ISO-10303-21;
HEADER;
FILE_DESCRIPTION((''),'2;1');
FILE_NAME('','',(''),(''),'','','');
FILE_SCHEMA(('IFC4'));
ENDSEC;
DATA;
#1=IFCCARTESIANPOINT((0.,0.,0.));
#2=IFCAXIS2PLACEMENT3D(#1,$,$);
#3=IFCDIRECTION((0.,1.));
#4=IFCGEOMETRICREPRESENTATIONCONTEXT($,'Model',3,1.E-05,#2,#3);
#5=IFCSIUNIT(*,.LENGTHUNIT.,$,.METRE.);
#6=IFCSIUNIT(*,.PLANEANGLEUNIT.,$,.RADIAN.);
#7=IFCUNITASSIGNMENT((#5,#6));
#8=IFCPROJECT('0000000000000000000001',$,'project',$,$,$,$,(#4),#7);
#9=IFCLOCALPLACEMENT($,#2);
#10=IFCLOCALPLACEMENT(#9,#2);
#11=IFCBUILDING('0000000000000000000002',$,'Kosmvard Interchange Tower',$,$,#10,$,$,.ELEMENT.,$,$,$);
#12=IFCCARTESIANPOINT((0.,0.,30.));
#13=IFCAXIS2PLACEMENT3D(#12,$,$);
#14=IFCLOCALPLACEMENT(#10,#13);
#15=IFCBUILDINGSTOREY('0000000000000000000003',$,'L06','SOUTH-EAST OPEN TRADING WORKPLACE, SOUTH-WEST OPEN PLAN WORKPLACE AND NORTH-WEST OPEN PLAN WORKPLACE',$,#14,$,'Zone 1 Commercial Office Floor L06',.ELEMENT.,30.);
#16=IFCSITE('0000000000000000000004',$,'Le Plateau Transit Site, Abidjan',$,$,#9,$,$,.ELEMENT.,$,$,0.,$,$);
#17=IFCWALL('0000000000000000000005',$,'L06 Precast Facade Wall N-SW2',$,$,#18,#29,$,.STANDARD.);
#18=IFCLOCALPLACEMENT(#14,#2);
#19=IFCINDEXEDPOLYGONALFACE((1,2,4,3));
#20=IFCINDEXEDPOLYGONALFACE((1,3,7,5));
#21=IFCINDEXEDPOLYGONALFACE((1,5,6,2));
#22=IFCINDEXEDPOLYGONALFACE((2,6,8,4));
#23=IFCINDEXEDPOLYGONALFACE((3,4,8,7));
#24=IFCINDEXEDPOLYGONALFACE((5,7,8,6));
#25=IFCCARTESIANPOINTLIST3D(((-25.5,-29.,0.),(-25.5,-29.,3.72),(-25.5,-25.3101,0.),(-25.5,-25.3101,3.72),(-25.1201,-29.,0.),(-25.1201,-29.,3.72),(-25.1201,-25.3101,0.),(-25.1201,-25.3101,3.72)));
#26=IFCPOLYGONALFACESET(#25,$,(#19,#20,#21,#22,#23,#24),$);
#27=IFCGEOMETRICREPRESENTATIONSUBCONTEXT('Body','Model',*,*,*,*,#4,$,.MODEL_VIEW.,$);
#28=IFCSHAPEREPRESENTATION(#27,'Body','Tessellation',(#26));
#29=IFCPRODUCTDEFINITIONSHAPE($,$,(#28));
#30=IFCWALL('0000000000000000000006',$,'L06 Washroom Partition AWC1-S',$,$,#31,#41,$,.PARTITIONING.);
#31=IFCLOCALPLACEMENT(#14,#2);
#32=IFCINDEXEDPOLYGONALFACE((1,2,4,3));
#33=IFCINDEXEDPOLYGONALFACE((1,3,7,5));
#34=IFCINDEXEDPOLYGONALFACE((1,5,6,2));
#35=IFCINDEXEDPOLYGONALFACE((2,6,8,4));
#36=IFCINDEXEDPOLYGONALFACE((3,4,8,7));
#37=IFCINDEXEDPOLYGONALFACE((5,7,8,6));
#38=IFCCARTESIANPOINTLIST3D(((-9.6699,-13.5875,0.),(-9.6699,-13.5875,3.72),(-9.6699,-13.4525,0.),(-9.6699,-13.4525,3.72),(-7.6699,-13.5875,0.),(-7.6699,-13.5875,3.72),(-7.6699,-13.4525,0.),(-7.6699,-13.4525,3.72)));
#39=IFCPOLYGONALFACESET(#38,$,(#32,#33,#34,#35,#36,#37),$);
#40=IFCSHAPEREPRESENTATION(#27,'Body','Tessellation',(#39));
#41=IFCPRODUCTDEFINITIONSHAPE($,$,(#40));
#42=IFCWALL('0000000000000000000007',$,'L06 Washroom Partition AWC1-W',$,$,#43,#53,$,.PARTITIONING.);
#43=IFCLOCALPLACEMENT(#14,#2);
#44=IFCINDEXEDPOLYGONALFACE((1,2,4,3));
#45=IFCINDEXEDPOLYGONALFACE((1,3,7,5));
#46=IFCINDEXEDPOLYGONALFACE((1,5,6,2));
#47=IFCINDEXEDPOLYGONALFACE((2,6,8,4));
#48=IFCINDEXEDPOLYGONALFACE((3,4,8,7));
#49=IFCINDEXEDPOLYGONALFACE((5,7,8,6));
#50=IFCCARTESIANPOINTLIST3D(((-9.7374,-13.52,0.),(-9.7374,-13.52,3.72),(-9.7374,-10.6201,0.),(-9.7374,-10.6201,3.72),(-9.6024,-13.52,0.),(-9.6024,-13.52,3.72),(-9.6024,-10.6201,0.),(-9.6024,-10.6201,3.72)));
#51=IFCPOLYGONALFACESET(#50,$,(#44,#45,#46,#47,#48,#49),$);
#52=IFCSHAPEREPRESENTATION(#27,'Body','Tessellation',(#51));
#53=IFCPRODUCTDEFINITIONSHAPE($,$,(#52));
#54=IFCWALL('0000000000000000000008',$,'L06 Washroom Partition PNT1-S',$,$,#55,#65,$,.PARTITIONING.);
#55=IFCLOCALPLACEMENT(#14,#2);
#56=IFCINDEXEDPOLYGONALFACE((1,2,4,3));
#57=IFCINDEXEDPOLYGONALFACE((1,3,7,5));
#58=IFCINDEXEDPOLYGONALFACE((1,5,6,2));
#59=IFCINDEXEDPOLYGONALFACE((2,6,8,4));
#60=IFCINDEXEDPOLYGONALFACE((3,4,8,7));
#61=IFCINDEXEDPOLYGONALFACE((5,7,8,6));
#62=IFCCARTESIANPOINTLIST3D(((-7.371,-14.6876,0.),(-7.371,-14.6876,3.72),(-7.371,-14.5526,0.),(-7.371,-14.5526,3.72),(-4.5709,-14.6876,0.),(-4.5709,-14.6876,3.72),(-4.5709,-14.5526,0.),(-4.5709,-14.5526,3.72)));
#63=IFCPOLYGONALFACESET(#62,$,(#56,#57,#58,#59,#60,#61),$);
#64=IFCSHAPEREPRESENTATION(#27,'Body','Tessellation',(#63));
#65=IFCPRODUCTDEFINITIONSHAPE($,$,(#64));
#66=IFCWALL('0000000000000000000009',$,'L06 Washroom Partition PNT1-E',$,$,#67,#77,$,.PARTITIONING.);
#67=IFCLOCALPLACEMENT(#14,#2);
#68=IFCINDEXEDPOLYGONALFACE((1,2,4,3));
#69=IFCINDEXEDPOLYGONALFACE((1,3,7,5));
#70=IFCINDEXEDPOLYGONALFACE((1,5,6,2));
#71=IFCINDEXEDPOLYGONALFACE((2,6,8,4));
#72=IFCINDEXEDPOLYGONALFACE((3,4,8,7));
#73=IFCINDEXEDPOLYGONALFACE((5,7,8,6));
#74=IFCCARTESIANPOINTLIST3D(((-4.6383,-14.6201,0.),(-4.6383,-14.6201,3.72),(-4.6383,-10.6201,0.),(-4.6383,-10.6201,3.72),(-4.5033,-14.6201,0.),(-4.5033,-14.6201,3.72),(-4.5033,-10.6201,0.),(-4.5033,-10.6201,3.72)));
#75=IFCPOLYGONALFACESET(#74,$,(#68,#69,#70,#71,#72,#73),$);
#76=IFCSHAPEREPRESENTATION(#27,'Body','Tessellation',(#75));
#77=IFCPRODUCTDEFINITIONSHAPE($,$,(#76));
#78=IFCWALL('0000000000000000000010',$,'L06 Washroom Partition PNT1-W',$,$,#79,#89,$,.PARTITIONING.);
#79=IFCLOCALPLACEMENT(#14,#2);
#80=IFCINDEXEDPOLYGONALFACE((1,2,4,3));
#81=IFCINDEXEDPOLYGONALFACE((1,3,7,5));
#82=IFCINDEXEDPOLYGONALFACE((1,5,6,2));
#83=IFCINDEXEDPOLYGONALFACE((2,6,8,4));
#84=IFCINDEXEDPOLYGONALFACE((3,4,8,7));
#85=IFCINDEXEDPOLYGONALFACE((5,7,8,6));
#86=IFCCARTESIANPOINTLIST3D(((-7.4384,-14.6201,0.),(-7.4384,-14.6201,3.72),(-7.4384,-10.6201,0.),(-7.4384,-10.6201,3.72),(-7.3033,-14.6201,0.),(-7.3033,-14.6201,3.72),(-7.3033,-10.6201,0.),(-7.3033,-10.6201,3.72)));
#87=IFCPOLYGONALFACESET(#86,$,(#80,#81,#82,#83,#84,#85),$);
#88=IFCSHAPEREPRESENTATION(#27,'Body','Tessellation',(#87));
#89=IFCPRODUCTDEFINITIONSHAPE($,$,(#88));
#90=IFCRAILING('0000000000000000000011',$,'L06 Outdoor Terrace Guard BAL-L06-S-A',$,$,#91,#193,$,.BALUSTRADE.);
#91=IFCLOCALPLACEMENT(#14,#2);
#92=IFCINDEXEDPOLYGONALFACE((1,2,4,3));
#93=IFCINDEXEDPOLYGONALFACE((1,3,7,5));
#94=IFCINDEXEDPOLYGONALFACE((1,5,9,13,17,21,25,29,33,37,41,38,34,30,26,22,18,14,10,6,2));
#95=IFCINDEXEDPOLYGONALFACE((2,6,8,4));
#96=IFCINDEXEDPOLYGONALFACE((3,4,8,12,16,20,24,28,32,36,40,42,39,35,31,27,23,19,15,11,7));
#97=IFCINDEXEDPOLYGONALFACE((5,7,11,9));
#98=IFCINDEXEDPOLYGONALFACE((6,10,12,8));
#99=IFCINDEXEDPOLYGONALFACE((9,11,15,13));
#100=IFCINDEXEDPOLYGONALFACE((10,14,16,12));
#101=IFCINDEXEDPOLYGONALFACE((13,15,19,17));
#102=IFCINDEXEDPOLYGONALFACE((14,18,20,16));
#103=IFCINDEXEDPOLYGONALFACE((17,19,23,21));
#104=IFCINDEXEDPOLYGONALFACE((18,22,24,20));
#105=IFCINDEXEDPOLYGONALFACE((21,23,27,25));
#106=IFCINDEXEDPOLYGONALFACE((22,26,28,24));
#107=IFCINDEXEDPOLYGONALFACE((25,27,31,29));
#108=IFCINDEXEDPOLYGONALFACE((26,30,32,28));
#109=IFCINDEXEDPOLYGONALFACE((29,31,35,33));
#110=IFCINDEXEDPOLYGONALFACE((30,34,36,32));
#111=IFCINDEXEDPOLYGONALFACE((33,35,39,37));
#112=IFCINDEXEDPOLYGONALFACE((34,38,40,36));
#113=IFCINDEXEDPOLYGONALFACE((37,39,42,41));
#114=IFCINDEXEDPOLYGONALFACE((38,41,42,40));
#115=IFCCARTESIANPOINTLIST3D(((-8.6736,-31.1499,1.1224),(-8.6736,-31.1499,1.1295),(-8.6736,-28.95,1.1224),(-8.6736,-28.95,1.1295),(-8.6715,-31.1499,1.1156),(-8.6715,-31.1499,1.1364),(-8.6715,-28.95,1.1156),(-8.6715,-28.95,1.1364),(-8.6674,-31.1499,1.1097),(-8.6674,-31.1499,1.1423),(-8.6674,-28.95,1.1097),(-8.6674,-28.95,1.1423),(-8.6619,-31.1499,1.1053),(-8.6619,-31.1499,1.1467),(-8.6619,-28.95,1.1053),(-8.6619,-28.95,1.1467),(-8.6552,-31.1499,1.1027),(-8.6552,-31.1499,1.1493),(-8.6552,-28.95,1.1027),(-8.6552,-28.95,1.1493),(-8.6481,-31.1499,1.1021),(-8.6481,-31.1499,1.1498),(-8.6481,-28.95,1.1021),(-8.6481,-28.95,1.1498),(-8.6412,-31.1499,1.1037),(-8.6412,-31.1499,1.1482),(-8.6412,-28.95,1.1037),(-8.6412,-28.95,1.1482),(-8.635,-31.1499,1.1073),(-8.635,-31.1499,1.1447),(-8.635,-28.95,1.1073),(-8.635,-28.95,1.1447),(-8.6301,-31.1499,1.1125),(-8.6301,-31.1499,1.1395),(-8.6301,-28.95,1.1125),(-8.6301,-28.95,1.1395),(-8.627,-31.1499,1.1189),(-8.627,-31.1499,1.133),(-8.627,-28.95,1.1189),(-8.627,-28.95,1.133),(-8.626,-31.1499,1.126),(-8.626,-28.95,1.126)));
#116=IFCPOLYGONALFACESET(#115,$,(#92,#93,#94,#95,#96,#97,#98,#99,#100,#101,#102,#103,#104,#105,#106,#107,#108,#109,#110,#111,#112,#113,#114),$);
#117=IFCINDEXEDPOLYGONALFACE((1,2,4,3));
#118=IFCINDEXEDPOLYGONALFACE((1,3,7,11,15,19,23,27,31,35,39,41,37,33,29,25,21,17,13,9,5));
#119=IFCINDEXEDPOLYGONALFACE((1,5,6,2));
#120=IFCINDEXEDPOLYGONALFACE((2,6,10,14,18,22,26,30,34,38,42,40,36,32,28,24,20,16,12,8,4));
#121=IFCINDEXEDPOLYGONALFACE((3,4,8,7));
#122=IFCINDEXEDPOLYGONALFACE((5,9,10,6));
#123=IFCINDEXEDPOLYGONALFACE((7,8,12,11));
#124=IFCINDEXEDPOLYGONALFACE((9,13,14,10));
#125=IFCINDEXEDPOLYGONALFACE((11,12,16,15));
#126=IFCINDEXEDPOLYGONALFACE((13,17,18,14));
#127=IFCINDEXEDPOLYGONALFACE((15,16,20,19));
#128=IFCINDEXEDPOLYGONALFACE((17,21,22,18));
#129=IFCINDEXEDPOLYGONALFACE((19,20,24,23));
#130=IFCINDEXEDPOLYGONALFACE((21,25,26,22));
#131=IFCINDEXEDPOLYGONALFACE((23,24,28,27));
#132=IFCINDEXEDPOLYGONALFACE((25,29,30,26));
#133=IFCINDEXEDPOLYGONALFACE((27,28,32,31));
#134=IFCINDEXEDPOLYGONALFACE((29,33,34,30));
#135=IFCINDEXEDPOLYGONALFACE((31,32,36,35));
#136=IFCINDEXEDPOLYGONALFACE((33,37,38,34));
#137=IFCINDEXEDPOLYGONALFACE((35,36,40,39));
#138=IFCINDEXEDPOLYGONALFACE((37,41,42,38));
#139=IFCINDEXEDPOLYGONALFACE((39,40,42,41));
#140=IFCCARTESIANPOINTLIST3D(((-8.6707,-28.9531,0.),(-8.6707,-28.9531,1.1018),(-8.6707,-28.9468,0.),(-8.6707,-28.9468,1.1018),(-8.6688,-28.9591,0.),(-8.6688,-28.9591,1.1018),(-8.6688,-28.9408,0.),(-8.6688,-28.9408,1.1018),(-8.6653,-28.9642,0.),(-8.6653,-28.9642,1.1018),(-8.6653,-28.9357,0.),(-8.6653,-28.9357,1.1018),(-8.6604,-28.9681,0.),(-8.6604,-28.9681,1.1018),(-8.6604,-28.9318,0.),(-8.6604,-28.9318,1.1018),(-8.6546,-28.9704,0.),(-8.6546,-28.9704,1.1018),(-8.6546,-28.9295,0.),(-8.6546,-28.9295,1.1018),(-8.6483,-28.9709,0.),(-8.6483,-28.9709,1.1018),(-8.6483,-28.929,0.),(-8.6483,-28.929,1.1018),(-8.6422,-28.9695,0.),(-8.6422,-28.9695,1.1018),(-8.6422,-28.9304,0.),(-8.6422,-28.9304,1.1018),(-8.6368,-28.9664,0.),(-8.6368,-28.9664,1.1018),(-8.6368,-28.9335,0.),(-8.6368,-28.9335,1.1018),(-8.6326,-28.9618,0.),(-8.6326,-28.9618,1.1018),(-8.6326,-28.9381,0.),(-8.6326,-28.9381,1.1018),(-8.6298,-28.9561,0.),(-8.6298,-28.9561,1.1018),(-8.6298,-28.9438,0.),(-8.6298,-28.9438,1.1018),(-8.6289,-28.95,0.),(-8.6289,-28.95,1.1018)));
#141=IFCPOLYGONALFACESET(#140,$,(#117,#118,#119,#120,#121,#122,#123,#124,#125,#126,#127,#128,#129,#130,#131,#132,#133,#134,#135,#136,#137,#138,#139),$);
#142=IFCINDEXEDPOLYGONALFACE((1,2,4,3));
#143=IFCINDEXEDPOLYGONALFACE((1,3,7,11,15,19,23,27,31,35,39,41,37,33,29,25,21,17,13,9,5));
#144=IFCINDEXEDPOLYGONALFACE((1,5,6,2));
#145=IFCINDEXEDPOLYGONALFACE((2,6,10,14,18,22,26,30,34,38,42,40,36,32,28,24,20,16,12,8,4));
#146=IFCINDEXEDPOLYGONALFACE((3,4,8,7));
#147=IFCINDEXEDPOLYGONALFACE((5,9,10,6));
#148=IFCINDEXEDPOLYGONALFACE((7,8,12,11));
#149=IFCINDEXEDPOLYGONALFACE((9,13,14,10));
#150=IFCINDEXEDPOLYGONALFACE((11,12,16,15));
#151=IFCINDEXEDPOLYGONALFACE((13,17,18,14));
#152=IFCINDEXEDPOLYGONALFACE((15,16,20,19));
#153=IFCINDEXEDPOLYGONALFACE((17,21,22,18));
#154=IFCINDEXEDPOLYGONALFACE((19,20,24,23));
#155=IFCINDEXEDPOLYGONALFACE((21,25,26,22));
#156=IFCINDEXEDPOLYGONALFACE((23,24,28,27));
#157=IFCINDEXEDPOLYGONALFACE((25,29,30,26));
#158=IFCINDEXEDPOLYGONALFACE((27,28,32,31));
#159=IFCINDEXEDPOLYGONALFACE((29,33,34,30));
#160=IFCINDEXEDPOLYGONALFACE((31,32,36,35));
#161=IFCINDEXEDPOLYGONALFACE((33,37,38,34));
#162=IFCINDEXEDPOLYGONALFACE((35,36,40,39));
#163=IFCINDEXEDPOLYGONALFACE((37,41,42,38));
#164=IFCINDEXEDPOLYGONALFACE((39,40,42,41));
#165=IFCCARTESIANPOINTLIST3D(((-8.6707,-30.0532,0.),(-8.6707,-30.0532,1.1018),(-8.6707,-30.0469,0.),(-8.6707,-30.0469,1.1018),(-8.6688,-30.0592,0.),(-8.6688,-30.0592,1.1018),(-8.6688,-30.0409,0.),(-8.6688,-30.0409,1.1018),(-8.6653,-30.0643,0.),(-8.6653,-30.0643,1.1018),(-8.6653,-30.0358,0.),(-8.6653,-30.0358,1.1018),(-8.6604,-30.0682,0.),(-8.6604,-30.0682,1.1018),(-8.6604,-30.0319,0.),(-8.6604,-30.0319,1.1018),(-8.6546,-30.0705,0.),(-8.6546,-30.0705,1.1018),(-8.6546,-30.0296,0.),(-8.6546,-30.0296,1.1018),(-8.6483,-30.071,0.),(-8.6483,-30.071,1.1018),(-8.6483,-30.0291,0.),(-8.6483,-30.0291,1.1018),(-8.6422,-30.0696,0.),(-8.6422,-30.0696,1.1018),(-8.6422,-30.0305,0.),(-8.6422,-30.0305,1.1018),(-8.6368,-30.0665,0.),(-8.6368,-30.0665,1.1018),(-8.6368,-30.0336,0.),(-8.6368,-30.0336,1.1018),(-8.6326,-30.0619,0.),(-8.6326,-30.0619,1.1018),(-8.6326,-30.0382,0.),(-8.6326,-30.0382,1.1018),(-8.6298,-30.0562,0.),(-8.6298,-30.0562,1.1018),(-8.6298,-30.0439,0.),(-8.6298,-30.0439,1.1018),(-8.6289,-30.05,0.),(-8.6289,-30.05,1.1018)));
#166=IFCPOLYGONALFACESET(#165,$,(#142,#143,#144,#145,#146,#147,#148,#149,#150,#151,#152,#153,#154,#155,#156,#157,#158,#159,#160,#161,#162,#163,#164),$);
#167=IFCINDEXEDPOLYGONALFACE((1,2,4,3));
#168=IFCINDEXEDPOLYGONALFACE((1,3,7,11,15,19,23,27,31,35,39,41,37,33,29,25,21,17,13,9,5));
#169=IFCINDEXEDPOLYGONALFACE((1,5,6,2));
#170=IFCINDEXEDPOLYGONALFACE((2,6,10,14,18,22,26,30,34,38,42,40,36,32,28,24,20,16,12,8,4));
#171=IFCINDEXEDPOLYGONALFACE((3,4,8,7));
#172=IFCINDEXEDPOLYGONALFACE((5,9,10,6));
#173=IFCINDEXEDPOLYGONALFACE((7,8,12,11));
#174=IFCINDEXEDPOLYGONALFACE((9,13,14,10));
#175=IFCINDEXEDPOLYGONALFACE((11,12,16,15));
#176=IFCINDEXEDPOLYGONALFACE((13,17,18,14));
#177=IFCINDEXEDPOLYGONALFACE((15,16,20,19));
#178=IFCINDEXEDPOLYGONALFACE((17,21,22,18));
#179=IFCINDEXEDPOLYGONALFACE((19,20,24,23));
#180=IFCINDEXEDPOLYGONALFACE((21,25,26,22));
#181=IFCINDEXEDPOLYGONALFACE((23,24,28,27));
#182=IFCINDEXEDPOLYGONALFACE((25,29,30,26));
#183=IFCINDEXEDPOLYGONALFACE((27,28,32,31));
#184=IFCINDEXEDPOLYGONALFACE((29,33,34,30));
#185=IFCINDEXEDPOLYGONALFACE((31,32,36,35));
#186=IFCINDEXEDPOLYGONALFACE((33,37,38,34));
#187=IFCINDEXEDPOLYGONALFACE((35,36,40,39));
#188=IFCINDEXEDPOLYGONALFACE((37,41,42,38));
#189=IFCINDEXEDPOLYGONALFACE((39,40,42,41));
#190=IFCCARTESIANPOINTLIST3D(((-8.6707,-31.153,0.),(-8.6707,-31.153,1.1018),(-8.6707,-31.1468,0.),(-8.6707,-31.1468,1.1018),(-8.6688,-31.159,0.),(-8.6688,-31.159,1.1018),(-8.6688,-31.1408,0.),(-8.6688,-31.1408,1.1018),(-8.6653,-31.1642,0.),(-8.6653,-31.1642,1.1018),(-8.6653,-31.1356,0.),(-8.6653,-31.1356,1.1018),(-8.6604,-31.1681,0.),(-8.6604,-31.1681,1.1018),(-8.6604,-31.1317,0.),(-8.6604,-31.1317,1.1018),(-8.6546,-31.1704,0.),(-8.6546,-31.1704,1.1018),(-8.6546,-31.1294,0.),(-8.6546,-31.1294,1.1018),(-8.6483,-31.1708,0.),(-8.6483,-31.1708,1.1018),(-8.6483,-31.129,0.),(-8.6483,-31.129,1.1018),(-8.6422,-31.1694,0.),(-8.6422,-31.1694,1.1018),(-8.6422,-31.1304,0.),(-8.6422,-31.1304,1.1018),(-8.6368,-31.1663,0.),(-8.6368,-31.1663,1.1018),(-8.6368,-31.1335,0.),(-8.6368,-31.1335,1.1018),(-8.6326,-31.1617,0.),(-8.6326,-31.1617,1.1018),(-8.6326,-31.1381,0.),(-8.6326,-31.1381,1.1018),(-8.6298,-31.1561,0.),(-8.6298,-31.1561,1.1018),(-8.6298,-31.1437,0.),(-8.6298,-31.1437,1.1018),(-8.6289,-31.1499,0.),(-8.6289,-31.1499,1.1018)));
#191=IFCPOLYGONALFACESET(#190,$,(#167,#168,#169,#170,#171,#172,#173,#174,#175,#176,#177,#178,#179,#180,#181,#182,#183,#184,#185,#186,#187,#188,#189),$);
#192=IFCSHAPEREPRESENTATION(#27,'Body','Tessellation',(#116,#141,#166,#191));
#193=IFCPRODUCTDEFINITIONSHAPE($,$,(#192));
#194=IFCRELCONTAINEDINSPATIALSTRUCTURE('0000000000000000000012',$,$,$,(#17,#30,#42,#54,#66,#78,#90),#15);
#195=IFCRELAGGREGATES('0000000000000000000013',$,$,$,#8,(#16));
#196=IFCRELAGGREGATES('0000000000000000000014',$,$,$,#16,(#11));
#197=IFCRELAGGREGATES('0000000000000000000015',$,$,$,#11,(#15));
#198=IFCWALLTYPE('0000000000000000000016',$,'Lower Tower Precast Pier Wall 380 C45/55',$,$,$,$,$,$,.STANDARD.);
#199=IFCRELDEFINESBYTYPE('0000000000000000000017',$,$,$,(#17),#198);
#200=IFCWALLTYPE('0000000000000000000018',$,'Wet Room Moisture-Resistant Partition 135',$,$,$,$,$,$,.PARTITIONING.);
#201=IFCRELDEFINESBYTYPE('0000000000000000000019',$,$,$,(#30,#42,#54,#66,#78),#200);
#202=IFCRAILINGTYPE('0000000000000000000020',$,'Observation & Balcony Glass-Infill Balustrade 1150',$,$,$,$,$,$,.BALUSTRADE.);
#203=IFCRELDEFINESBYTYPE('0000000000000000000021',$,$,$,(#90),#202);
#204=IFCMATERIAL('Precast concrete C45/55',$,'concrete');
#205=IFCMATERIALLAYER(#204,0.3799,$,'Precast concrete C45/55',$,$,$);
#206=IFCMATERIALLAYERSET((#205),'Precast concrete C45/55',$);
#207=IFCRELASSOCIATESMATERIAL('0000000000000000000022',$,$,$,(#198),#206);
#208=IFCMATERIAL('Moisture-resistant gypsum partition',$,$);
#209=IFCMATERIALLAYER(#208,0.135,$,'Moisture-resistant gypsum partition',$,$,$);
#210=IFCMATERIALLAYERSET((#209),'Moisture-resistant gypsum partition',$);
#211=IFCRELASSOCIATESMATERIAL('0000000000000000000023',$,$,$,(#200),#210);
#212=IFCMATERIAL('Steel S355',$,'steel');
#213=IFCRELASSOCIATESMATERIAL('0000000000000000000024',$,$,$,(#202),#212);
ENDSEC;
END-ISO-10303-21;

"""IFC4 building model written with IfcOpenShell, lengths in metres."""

from ifc_helpers import new_model, si_unit, direction, frame, frame_2d, origin, origin_2d, place, context, subcontext, project, spatial, rectangle, circle, extrude, source, transform, mapped, material, layer, layer_set, type_object, element, save


model = new_model("IFC4")

# Units and contexts
model_context = context("Model", 3, precision=1e-05, world=origin(), true_north=direction((0.0, 1.0)))
body_context = subcontext(model_context, "Body", "Model", "MODEL_VIEW")
ifc_project = project(units=[si_unit("LENGTHUNIT", "METRE"), si_unit("PLANEANGLEUNIT", "RADIAN")], contexts=[model_context])

# Site, building, storey
site_placement = place(None, origin())
site = spatial("IfcSite", under=ifc_project, at=site_placement, Name="Le Plateau Transit Site, Abidjan", CompositionType="ELEMENT", RefElevation=0.0)
building_placement = place(site_placement, origin())
building = spatial("IfcBuilding", under=site, at=building_placement, Name="Kosmvard Interchange Tower", CompositionType="ELEMENT")
storey_placement = place(building_placement, frame((0.0, 0.0, 30.0)))
storey = spatial("IfcBuildingStorey", under=building, at=storey_placement, Name="L06", Description="SOUTH-EAST OPEN TRADING WORKPLACE, SOUTH-WEST OPEN PLAN WORKPLACE AND NORTH-WEST OPEN PLAN WORKPLACE", LongName="Zone 1 Commercial Office Floor L06", CompositionType="ELEMENT", Elevation=30.0)

# Shared definitions
ifc_material_1 = material(Name="Steel S355", Category="steel")
ifc_material_2 = material(Name="Precast concrete C45/55", Category="concrete")

# Shared definitions
ifc_layer_1 = layer(ifc_material_2, 0.3799, Name="Precast concrete C45/55")
ifc_layer_set_1 = layer_set([ifc_layer_1], Name="Precast concrete C45/55")
wall_type_1 = type_object("IfcWallType", Name="Lower Tower Precast Pier Wall 380 C45/55", PredefinedType="STANDARD", material=ifc_layer_set_1)

# Walls
wall_1_placement = place(storey_placement, frame((-25.3101, -25.3101, 0.0), z_axis=(0.0, 0.0, 1.0), x_axis=(0.0, -1.0, 0.0)))
element("IfcWall", 1, at=wall_1_placement, inside=storey, type_object=wall_type_1, Name="L06 Precast Facade Wall N-SW2", PredefinedType="STANDARD", context=body_context, shape_type="SweptSolid", body=[
    extrude(rectangle(XDim=3.6899, YDim=0.3799, at=frame_2d((1.845, 0.0))), origin(), (0.0, 0.0, 1.0), 3.72),
])
ifc_material_3 = material(Name="Moisture-resistant gypsum partition")
ifc_layer_2 = layer(ifc_material_3, 0.135, Name="Moisture-resistant gypsum partition")
ifc_layer_set_2 = layer_set([ifc_layer_2], Name="Moisture-resistant gypsum partition")
wall_type_2 = type_object("IfcWallType", Name="Wet Room Moisture-Resistant Partition 135", PredefinedType="PARTITIONING", material=ifc_layer_set_2)
wall_2_placement = place(storey_placement, frame((-9.6699, -13.52, 0.0), z_axis=(0.0, 0.0, 1.0), x_axis=(1.0, 0.0, 0.0)))
element("IfcWall", 2, at=wall_2_placement, inside=storey, type_object=wall_type_2, Name="L06 Washroom Partition AWC1-S", PredefinedType="PARTITIONING", context=body_context, shape_type="SweptSolid", body=[
    extrude(rectangle(XDim=2.0, YDim=0.135, at=frame_2d((1.0, 0.0))), origin(), (0.0, 0.0, 1.0), 3.72),
])
wall_3_placement = place(storey_placement, frame((-9.6699, -13.52, 0.0), z_axis=(0.0, 0.0, 1.0), x_axis=(0.0, 1.0, 0.0)))
element("IfcWall", 3, at=wall_3_placement, inside=storey, type_object=wall_type_2, Name="L06 Washroom Partition AWC1-W", PredefinedType="PARTITIONING", context=body_context, shape_type="SweptSolid", body=[
    extrude(rectangle(XDim=2.8999, YDim=0.135, at=frame_2d((1.45, 0.0))), origin(), (0.0, 0.0, 1.0), 3.72),
])
wall_4_placement = place(storey_placement, frame((-7.3708, -14.6201, 0.0), z_axis=(0.0, 0.0, 1.0), x_axis=(1.0, 0.0, 0.0)))
element("IfcWall", 4, at=wall_4_placement, inside=storey, type_object=wall_type_2, Name="L06 Washroom Partition PNT1-S", PredefinedType="PARTITIONING", context=body_context, shape_type="SweptSolid", body=[
    extrude(rectangle(XDim=2.8, YDim=0.135, at=frame_2d((1.3999, 0.0))), origin(), (0.0, 0.0, 1.0), 3.72),
])
for number, where, z_axis, x_axis, name in (
    (5, (-4.5708, -14.6201, 0.0), (0.0, 0.0, 1.0), (0.0, 1.0, 0.0), "L06 Washroom Partition PNT1-E"),
    (6, (-7.3708, -14.6201, 0.0), (0.0, 0.0, 1.0), (0.0, 1.0, 0.0), "L06 Washroom Partition PNT1-W"),
):
    element("IfcWall", number, at=place(storey_placement, frame(where, z_axis=z_axis, x_axis=x_axis)), inside=storey, type_object=wall_type_2, Name=name, PredefinedType="PARTITIONING", context=body_context, shape_type="SweptSolid", body=[
        extrude(rectangle(XDim=4.0, YDim=0.135, at=frame_2d((2.0, 0.0))), origin(), (0.0, 0.0, 1.0), 3.72),
    ])

# Railing
railing_type = type_object("IfcRailingType", Name="Observation & Balcony Glass-Infill Balustrade 1150", PredefinedType="BALUSTRADE", material=ifc_material_1)
shared_shape_1 = source(origin(), body_context, "Body", "SweptSolid", [
    extrude(circle(Radius=0.0239, at=origin_2d()), frame((0.0, 0.0, 1.126), z_axis=(0.0, -1.0, 0.0), x_axis=(1.0, 0.0, 0.0)), (0.0, 0.0, 1.0), 2.2),
    extrude(circle(Radius=0.021, at=origin_2d()), origin(), (0.0, 0.0, 1.0), 1.1018),
    extrude(circle(Radius=0.021, at=origin_2d()), frame((0.0, -1.1001, 0.0)), (0.0, 0.0, 1.0), 1.1018),
    extrude(circle(Radius=0.021, at=origin_2d()), frame((0.0, -2.2, 0.0)), (0.0, 0.0, 1.0), 1.1018),
])
railing_1_placement = place(storey_placement, frame((-8.6499, -28.95, 0.0)))
element("IfcRailing", 7, at=railing_1_placement, inside=storey, type_object=railing_type, Name="L06 Outdoor Terrace Guard BAL-L06-S-A", PredefinedType="BALUSTRADE", context=body_context, shape_type="MappedRepresentation", body=[
    mapped(shared_shape_1, transform((0.0, 0.0, 0.0), scale=1.0)),
])

save(model, "model.ifc")
